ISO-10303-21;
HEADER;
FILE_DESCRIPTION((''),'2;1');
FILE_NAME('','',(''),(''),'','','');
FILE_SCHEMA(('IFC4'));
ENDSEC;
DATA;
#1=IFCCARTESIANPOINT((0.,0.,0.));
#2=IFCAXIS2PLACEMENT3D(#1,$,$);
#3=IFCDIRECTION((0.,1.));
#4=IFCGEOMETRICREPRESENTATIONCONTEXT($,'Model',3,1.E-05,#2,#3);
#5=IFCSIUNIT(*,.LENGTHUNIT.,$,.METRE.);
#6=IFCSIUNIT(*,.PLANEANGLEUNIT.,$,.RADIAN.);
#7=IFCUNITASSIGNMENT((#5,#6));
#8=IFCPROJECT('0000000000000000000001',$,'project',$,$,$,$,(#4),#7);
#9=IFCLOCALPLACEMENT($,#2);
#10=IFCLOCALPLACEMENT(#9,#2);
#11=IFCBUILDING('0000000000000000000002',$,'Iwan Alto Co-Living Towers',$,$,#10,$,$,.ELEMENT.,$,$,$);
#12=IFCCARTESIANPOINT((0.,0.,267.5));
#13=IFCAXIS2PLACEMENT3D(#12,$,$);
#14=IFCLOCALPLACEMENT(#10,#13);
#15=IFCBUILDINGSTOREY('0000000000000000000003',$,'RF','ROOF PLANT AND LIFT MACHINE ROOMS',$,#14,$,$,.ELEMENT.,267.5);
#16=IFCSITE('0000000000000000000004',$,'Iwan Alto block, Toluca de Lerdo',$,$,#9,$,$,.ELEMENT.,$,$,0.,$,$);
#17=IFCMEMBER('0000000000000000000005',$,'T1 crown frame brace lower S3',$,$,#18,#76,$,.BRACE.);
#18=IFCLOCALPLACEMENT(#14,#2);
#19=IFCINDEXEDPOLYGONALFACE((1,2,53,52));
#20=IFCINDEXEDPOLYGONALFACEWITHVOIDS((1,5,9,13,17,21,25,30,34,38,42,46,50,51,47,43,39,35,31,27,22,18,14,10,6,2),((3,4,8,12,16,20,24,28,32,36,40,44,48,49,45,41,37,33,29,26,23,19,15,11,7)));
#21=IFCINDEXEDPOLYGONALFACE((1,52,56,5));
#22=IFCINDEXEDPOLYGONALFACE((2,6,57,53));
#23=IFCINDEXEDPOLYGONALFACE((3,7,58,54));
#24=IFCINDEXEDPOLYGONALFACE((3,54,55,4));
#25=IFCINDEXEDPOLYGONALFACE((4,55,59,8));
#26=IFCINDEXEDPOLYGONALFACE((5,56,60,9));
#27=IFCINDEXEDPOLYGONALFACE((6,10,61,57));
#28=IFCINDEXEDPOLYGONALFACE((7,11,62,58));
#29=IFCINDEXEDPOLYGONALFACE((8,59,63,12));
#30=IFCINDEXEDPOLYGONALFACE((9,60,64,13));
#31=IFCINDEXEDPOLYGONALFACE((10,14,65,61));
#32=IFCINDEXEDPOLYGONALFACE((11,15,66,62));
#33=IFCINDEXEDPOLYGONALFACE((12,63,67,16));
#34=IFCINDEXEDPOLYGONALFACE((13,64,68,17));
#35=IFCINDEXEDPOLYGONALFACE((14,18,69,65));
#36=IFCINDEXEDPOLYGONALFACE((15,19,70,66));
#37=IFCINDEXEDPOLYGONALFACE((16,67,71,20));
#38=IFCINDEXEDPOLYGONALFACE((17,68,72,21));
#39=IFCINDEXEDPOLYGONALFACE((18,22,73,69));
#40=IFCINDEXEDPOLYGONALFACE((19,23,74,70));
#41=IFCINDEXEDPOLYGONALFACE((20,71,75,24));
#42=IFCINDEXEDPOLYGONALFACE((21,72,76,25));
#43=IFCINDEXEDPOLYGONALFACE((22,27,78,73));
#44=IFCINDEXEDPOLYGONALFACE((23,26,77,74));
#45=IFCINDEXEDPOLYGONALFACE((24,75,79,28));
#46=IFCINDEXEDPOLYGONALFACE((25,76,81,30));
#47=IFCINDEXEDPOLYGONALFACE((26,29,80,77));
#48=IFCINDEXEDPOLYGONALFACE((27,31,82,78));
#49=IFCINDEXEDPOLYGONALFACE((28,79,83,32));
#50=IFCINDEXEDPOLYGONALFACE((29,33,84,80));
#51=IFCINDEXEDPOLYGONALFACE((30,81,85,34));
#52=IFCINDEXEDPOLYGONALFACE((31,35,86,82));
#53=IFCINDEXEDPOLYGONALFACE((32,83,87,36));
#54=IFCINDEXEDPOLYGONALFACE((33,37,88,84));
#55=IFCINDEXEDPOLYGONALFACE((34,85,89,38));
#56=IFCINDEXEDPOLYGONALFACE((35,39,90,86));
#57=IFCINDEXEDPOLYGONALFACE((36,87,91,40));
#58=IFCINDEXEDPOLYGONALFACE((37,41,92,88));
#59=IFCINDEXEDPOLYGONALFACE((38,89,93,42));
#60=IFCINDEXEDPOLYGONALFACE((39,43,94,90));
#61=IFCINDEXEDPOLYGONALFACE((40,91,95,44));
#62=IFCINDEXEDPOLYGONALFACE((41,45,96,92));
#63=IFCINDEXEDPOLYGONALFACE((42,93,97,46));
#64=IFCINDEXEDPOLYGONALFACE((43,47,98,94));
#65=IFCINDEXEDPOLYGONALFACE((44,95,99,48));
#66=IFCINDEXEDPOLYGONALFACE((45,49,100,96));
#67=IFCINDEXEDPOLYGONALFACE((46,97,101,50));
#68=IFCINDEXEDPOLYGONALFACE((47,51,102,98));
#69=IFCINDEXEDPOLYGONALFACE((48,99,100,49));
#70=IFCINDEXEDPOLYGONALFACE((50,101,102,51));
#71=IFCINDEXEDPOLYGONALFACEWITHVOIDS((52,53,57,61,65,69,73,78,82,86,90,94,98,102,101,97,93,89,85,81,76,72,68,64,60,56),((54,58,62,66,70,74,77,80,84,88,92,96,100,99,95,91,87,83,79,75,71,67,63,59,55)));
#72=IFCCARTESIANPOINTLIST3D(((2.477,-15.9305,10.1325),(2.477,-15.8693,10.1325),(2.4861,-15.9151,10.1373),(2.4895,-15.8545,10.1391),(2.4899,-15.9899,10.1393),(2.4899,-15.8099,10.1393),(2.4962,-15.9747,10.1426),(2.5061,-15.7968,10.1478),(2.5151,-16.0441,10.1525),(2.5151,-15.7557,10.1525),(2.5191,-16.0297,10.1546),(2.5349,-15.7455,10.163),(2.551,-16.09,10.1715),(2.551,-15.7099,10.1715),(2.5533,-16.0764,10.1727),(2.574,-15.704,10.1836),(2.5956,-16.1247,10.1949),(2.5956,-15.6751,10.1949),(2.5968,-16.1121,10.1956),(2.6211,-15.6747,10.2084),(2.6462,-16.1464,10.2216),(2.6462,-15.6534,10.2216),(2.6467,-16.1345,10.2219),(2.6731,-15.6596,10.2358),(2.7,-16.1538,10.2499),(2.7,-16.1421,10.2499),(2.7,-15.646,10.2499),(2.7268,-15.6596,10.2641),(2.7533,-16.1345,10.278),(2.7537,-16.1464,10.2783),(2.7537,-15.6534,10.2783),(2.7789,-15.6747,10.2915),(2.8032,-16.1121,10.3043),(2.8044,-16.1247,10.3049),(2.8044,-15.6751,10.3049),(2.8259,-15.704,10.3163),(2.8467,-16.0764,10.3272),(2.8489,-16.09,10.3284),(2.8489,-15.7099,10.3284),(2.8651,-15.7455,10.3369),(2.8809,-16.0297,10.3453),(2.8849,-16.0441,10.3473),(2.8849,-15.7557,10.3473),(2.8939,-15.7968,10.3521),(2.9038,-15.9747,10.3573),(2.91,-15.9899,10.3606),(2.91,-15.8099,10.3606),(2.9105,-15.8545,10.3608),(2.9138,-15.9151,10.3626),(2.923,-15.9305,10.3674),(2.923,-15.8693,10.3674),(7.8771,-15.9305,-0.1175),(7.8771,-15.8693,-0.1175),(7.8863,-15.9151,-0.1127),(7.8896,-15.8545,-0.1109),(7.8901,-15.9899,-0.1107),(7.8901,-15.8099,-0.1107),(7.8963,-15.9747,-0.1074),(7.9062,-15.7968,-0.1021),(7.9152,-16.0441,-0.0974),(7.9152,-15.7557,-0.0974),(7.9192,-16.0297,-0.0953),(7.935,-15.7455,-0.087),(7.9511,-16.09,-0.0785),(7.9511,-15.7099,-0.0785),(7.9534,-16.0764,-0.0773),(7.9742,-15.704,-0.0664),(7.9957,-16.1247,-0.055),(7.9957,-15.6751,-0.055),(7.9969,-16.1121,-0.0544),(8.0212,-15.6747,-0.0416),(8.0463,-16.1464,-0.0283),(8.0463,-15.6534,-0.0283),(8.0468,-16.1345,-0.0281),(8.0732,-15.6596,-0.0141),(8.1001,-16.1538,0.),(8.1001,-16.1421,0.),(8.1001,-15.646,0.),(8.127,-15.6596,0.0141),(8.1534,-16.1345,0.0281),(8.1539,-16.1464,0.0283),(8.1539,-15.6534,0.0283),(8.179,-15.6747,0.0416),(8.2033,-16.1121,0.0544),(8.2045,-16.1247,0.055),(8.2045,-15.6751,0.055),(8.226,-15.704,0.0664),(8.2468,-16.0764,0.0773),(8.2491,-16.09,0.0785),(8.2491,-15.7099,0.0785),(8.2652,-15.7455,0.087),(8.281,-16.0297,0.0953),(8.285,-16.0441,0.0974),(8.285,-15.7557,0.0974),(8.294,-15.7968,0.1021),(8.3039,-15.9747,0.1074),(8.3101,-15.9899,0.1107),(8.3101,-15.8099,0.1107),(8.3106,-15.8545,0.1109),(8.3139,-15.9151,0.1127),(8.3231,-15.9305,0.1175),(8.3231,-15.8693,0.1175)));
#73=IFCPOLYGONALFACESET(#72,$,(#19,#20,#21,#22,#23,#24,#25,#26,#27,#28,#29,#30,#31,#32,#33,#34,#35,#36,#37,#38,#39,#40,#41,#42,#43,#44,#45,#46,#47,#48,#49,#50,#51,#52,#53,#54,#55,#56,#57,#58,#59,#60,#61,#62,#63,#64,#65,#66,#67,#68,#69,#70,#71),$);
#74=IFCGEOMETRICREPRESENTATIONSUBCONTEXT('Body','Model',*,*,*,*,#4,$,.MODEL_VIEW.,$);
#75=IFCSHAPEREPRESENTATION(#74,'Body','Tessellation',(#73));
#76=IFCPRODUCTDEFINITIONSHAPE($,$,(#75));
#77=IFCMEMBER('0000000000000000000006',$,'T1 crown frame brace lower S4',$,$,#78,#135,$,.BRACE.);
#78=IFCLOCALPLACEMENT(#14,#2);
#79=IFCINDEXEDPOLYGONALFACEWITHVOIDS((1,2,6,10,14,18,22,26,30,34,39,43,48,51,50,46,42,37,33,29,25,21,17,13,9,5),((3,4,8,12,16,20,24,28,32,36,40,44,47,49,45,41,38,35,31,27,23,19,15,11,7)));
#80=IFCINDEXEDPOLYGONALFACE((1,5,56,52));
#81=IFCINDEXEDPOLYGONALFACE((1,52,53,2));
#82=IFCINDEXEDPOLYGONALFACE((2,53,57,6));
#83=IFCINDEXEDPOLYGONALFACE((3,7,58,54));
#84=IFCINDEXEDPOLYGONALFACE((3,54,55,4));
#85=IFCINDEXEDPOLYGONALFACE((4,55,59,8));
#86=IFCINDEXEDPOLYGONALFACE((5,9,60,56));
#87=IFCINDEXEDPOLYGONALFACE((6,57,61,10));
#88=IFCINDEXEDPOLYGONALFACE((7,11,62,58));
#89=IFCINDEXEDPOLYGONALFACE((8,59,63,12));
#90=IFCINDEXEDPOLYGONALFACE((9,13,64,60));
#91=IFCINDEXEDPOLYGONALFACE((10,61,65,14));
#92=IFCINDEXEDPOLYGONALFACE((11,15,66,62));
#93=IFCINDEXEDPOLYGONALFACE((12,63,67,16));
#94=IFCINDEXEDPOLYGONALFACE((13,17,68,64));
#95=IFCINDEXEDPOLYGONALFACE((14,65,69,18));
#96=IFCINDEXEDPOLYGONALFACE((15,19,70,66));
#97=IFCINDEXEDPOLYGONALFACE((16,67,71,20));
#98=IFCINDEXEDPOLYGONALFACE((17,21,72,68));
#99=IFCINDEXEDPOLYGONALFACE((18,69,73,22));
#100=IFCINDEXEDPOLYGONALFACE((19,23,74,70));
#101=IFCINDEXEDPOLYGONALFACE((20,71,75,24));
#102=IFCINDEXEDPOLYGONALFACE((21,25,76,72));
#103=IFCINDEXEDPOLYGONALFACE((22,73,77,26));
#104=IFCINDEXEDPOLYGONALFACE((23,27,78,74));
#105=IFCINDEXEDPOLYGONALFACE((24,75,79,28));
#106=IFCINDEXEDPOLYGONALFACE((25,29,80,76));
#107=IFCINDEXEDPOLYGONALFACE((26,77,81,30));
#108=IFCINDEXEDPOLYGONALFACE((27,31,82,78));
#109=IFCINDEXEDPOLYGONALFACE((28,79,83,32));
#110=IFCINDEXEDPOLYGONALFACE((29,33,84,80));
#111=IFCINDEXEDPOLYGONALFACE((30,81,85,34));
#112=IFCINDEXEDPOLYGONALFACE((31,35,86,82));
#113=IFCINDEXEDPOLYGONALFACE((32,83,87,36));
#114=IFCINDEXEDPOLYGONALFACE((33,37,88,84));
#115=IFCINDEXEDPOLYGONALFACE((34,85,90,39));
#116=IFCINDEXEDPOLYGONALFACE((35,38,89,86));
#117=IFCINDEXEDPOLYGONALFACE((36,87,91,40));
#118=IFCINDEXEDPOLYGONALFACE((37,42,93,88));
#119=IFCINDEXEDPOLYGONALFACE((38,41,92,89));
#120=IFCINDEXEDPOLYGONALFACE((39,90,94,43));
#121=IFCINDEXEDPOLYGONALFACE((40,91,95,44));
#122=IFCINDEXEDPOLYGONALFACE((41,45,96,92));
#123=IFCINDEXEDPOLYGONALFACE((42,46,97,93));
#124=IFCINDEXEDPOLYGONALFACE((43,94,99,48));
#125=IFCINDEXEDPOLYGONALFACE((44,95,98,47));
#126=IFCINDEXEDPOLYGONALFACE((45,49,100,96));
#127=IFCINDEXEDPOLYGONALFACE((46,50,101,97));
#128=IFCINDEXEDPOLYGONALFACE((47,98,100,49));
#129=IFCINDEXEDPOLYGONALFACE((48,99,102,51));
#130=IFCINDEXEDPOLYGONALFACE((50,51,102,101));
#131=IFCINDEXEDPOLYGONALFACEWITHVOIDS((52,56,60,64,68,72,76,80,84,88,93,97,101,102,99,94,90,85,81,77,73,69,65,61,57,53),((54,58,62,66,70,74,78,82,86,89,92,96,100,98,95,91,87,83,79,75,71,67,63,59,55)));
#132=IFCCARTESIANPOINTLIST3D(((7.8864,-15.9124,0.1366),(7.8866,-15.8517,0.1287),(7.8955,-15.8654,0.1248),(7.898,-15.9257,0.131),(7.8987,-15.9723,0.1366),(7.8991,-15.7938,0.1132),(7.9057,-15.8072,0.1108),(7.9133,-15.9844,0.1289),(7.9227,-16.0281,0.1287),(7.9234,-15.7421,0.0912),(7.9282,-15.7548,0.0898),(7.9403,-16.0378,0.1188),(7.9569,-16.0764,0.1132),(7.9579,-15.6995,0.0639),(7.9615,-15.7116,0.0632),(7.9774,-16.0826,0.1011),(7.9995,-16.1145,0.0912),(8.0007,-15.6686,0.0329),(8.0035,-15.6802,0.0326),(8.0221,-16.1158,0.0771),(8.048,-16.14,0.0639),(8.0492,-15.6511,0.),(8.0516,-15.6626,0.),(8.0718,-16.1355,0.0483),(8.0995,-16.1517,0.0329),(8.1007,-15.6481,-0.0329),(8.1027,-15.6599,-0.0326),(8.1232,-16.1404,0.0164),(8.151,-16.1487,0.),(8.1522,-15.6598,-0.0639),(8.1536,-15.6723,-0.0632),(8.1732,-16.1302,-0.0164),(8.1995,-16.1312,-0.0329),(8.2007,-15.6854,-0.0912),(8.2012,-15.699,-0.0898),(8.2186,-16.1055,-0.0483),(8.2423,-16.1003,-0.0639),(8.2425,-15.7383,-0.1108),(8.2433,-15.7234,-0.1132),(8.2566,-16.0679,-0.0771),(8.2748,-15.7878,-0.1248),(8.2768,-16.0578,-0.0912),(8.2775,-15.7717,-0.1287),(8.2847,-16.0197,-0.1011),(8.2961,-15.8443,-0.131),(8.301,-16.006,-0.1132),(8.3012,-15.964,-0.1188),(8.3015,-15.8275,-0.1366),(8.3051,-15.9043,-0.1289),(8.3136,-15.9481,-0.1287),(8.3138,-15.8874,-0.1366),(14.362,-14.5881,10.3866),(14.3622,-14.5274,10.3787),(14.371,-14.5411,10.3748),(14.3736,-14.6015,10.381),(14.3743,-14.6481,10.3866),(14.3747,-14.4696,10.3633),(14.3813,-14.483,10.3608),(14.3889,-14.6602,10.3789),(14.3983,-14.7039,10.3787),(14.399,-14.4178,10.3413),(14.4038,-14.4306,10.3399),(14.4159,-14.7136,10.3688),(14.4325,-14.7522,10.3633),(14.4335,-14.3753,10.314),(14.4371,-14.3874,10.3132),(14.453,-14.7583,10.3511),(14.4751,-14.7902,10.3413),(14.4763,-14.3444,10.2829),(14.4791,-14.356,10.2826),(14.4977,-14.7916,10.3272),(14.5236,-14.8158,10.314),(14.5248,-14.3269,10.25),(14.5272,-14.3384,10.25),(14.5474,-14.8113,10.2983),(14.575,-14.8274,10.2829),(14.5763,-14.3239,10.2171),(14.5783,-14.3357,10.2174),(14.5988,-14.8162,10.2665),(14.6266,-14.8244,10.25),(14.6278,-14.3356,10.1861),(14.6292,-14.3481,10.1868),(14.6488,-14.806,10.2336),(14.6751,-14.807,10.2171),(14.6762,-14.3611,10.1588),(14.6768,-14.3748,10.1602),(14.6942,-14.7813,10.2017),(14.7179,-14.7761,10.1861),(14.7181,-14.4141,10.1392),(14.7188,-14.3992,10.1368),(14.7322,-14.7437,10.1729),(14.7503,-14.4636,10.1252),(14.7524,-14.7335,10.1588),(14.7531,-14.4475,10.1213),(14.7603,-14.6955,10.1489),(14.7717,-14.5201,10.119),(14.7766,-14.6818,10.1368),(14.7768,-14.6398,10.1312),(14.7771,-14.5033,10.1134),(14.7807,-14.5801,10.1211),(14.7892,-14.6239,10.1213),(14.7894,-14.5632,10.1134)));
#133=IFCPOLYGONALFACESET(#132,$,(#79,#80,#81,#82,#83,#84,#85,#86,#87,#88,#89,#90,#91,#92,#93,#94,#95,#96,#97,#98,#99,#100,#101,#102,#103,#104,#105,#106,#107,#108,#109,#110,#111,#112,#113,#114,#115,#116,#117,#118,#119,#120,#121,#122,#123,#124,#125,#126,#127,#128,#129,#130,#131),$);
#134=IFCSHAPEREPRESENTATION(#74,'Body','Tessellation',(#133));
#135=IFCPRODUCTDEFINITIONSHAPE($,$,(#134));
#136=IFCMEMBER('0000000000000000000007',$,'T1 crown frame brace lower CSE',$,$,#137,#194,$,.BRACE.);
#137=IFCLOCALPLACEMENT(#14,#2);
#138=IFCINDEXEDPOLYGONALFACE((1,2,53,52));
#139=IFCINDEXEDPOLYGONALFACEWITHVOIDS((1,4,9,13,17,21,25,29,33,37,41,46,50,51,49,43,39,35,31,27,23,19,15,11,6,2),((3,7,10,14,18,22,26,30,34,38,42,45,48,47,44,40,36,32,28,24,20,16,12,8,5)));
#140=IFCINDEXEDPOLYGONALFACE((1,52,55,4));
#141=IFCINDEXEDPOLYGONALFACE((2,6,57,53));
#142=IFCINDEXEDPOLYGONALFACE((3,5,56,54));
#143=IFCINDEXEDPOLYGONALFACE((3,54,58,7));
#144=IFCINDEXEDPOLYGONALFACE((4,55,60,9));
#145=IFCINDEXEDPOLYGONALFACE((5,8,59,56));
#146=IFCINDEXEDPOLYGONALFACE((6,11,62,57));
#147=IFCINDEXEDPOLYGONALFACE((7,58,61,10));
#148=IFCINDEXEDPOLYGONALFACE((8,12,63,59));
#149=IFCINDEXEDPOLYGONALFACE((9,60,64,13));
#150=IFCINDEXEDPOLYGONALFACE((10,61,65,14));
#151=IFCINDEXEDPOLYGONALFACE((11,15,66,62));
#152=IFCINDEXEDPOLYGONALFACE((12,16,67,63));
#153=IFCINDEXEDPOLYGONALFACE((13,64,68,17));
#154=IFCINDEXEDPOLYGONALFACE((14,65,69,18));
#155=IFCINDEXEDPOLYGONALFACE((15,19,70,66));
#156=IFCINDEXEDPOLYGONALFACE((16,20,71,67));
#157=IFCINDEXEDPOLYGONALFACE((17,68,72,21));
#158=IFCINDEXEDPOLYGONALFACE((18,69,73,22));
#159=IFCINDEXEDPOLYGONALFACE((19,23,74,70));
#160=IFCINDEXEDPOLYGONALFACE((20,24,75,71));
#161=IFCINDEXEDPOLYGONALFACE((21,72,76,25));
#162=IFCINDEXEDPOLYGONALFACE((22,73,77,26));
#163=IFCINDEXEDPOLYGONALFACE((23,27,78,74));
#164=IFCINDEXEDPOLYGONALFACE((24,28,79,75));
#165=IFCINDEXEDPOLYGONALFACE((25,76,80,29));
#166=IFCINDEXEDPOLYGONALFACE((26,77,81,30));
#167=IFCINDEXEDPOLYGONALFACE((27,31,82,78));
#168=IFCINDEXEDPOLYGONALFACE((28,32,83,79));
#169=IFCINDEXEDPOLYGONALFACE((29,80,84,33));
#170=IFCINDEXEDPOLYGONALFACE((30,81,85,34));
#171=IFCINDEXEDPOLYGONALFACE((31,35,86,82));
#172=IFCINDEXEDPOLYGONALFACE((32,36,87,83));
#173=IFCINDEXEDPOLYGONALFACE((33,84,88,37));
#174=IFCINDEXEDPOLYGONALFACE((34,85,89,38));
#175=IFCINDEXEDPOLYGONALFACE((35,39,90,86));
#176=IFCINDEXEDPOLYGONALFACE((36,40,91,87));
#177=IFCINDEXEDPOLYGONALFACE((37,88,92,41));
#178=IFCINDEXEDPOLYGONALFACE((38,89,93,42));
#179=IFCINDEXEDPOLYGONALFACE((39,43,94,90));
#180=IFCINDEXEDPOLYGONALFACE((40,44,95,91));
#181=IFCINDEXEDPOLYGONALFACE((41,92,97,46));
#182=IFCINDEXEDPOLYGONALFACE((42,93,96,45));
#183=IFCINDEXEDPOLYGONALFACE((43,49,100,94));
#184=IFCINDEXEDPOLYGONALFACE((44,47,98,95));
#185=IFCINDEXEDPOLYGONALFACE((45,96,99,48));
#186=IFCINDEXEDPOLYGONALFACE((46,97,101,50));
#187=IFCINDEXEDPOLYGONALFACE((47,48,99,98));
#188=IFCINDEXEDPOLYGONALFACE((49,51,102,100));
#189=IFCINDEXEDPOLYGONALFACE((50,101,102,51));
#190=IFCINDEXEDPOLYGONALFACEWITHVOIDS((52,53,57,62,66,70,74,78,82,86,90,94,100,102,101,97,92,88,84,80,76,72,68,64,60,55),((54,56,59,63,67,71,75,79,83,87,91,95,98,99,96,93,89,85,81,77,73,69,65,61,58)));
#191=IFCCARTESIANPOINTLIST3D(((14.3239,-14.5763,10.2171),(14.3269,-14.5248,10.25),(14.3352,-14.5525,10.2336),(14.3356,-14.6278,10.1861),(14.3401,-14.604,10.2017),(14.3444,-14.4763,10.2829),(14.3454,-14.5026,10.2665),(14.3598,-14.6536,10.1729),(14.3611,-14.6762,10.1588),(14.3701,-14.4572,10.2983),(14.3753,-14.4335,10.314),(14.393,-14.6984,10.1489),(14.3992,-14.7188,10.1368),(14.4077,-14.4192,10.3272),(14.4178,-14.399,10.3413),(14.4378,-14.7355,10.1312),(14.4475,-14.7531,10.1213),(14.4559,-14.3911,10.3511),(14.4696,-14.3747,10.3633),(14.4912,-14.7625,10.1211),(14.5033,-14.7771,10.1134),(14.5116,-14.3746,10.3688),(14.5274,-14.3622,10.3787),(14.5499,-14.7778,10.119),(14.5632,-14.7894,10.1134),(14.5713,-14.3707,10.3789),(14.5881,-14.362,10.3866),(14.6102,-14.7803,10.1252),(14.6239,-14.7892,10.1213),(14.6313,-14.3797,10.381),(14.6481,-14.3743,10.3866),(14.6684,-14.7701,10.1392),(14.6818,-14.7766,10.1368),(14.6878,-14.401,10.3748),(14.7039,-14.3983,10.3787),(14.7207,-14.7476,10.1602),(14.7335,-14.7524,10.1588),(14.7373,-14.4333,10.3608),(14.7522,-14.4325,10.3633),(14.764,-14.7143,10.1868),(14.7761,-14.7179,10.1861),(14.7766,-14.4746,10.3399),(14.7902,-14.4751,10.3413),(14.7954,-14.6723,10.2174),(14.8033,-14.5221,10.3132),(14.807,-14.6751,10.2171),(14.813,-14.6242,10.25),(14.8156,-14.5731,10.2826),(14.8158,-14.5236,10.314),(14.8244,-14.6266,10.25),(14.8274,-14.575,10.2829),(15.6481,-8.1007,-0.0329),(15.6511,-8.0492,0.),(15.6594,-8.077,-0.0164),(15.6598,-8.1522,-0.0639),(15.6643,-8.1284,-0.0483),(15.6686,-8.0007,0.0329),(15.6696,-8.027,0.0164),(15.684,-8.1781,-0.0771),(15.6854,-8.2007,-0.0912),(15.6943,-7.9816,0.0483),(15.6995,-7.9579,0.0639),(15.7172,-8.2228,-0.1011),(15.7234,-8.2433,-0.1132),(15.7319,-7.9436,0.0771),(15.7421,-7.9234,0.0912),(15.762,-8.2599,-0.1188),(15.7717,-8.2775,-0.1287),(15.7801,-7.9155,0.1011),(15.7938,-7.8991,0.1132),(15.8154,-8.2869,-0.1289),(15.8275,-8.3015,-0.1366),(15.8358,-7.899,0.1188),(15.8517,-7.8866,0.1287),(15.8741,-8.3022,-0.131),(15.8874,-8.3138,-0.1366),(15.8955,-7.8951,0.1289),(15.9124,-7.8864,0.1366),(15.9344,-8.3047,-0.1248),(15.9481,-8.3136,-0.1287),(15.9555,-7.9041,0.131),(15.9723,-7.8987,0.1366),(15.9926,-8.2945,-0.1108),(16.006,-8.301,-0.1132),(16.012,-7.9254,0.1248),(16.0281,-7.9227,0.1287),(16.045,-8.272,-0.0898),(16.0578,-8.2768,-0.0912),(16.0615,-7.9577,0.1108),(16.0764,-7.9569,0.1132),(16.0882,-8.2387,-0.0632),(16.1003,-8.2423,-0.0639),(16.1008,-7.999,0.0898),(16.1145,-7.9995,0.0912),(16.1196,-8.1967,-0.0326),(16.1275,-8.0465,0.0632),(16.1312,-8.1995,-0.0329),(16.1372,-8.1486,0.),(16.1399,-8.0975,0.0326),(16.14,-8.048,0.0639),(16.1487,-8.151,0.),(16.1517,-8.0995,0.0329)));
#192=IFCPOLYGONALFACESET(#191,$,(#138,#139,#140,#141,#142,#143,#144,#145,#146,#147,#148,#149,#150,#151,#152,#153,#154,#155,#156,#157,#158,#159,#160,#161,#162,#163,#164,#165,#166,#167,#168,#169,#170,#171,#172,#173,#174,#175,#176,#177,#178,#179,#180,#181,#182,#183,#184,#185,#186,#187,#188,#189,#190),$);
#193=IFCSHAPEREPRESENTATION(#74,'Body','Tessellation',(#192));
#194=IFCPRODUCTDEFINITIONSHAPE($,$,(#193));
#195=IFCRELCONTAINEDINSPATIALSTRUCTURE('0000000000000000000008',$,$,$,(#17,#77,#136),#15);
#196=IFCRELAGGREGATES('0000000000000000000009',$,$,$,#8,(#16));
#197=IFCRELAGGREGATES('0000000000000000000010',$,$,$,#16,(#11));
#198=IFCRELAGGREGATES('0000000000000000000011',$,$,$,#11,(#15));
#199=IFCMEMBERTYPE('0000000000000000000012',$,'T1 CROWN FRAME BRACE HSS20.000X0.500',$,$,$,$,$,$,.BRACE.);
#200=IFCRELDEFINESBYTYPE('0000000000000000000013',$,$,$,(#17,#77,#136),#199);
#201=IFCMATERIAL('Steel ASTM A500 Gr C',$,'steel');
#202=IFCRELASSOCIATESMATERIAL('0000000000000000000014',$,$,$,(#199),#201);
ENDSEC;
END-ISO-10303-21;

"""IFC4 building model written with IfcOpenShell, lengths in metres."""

from ifc_helpers import new_model, si_unit, direction, frame, origin, origin_2d, place, context, subcontext, project, spatial, hollow_circle, extrude, material, material_profile, profile_set, type_object, element, save


model = new_model("IFC4")

# Units and contexts
model_context = context("Model", 3, precision=1e-05, world=origin(), true_north=direction((0.0, 1.0)))
body_context = subcontext(model_context, "Body", "Model", "MODEL_VIEW")
ifc_project = project(units=[si_unit("LENGTHUNIT", "METRE"), si_unit("PLANEANGLEUNIT", "RADIAN")], contexts=[model_context])

# Site, building, storey
site_placement = place(None, origin())
site = spatial("IfcSite", under=ifc_project, at=site_placement, Name="Iwan Alto block, Toluca de Lerdo", CompositionType="ELEMENT", RefElevation=0.0)
building_placement = place(site_placement, origin())
building = spatial("IfcBuilding", under=site, at=building_placement, Name="Iwan Alto Co-Living Towers", CompositionType="ELEMENT")
storey_placement = place(building_placement, frame((0.0, 0.0, 267.5)))
storey = spatial("IfcBuildingStorey", under=building, at=storey_placement, Name="RF", Description="ROOF PLANT AND LIFT MACHINE ROOMS", CompositionType="ELEMENT", Elevation=267.5)

# Members
ifc_material_1 = material(Name="Steel ASTM A500 Gr C", Category="steel")
ifc_material_profile_1 = material_profile(ifc_material_1, hollow_circle(Radius=0.2539, WallThickness=0.0117, at=origin_2d()), Name="HSS20.000X0.500")
ifc_profile_set_1 = profile_set([ifc_material_profile_1], Name="Steel ASTM A500 Gr C")
member_type = type_object("IfcMemberType", Name="T1 CROWN FRAME BRACE HSS20.000X0.500", PredefinedType="BRACE", material=ifc_profile_set_1)
member_placement = place(storey_placement, frame((8.1001, -15.8999, 0.0), z_axis=(-0.466112, 0.0, 0.884726), x_axis=(0.0, -1.0, 0.0)))
element("IfcMember", 1, at=member_placement, inside=storey, type_object=member_type, Name="T1 crown frame brace lower S3", PredefinedType="BRACE", context=body_context, shape_type="SweptSolid", body=[
    extrude(hollow_circle(Radius=0.2539, WallThickness=0.0117, at=origin_2d()), origin(), (0.0, 0.0, 1.0), 11.5854),
])
for number, where, z_axis, x_axis, name in (
    (2, (8.1001, -15.8999, 0.0), (0.530948, 0.108576, 0.84042), (-0.200348, 0.979725, 0.0), "T1 crown frame brace lower S4"),
    (3, (15.8999, -8.1001, 0.0), (-0.108576, -0.530948, 0.84042), (0.979725, -0.200348, 0.0), "T1 crown frame brace lower CSE"),
):
    element("IfcMember", number, at=place(storey_placement, frame(where, z_axis=z_axis, x_axis=x_axis)), inside=storey, type_object=member_type, Name=name, PredefinedType="BRACE", context=body_context, shape_type="SweptSolid", body=[
        extrude(hollow_circle(Radius=0.2539, WallThickness=0.0117, at=origin_2d()), origin(), (0.0, 0.0, 1.0), 12.1963),
    ])

save(model, "model.ifc")
